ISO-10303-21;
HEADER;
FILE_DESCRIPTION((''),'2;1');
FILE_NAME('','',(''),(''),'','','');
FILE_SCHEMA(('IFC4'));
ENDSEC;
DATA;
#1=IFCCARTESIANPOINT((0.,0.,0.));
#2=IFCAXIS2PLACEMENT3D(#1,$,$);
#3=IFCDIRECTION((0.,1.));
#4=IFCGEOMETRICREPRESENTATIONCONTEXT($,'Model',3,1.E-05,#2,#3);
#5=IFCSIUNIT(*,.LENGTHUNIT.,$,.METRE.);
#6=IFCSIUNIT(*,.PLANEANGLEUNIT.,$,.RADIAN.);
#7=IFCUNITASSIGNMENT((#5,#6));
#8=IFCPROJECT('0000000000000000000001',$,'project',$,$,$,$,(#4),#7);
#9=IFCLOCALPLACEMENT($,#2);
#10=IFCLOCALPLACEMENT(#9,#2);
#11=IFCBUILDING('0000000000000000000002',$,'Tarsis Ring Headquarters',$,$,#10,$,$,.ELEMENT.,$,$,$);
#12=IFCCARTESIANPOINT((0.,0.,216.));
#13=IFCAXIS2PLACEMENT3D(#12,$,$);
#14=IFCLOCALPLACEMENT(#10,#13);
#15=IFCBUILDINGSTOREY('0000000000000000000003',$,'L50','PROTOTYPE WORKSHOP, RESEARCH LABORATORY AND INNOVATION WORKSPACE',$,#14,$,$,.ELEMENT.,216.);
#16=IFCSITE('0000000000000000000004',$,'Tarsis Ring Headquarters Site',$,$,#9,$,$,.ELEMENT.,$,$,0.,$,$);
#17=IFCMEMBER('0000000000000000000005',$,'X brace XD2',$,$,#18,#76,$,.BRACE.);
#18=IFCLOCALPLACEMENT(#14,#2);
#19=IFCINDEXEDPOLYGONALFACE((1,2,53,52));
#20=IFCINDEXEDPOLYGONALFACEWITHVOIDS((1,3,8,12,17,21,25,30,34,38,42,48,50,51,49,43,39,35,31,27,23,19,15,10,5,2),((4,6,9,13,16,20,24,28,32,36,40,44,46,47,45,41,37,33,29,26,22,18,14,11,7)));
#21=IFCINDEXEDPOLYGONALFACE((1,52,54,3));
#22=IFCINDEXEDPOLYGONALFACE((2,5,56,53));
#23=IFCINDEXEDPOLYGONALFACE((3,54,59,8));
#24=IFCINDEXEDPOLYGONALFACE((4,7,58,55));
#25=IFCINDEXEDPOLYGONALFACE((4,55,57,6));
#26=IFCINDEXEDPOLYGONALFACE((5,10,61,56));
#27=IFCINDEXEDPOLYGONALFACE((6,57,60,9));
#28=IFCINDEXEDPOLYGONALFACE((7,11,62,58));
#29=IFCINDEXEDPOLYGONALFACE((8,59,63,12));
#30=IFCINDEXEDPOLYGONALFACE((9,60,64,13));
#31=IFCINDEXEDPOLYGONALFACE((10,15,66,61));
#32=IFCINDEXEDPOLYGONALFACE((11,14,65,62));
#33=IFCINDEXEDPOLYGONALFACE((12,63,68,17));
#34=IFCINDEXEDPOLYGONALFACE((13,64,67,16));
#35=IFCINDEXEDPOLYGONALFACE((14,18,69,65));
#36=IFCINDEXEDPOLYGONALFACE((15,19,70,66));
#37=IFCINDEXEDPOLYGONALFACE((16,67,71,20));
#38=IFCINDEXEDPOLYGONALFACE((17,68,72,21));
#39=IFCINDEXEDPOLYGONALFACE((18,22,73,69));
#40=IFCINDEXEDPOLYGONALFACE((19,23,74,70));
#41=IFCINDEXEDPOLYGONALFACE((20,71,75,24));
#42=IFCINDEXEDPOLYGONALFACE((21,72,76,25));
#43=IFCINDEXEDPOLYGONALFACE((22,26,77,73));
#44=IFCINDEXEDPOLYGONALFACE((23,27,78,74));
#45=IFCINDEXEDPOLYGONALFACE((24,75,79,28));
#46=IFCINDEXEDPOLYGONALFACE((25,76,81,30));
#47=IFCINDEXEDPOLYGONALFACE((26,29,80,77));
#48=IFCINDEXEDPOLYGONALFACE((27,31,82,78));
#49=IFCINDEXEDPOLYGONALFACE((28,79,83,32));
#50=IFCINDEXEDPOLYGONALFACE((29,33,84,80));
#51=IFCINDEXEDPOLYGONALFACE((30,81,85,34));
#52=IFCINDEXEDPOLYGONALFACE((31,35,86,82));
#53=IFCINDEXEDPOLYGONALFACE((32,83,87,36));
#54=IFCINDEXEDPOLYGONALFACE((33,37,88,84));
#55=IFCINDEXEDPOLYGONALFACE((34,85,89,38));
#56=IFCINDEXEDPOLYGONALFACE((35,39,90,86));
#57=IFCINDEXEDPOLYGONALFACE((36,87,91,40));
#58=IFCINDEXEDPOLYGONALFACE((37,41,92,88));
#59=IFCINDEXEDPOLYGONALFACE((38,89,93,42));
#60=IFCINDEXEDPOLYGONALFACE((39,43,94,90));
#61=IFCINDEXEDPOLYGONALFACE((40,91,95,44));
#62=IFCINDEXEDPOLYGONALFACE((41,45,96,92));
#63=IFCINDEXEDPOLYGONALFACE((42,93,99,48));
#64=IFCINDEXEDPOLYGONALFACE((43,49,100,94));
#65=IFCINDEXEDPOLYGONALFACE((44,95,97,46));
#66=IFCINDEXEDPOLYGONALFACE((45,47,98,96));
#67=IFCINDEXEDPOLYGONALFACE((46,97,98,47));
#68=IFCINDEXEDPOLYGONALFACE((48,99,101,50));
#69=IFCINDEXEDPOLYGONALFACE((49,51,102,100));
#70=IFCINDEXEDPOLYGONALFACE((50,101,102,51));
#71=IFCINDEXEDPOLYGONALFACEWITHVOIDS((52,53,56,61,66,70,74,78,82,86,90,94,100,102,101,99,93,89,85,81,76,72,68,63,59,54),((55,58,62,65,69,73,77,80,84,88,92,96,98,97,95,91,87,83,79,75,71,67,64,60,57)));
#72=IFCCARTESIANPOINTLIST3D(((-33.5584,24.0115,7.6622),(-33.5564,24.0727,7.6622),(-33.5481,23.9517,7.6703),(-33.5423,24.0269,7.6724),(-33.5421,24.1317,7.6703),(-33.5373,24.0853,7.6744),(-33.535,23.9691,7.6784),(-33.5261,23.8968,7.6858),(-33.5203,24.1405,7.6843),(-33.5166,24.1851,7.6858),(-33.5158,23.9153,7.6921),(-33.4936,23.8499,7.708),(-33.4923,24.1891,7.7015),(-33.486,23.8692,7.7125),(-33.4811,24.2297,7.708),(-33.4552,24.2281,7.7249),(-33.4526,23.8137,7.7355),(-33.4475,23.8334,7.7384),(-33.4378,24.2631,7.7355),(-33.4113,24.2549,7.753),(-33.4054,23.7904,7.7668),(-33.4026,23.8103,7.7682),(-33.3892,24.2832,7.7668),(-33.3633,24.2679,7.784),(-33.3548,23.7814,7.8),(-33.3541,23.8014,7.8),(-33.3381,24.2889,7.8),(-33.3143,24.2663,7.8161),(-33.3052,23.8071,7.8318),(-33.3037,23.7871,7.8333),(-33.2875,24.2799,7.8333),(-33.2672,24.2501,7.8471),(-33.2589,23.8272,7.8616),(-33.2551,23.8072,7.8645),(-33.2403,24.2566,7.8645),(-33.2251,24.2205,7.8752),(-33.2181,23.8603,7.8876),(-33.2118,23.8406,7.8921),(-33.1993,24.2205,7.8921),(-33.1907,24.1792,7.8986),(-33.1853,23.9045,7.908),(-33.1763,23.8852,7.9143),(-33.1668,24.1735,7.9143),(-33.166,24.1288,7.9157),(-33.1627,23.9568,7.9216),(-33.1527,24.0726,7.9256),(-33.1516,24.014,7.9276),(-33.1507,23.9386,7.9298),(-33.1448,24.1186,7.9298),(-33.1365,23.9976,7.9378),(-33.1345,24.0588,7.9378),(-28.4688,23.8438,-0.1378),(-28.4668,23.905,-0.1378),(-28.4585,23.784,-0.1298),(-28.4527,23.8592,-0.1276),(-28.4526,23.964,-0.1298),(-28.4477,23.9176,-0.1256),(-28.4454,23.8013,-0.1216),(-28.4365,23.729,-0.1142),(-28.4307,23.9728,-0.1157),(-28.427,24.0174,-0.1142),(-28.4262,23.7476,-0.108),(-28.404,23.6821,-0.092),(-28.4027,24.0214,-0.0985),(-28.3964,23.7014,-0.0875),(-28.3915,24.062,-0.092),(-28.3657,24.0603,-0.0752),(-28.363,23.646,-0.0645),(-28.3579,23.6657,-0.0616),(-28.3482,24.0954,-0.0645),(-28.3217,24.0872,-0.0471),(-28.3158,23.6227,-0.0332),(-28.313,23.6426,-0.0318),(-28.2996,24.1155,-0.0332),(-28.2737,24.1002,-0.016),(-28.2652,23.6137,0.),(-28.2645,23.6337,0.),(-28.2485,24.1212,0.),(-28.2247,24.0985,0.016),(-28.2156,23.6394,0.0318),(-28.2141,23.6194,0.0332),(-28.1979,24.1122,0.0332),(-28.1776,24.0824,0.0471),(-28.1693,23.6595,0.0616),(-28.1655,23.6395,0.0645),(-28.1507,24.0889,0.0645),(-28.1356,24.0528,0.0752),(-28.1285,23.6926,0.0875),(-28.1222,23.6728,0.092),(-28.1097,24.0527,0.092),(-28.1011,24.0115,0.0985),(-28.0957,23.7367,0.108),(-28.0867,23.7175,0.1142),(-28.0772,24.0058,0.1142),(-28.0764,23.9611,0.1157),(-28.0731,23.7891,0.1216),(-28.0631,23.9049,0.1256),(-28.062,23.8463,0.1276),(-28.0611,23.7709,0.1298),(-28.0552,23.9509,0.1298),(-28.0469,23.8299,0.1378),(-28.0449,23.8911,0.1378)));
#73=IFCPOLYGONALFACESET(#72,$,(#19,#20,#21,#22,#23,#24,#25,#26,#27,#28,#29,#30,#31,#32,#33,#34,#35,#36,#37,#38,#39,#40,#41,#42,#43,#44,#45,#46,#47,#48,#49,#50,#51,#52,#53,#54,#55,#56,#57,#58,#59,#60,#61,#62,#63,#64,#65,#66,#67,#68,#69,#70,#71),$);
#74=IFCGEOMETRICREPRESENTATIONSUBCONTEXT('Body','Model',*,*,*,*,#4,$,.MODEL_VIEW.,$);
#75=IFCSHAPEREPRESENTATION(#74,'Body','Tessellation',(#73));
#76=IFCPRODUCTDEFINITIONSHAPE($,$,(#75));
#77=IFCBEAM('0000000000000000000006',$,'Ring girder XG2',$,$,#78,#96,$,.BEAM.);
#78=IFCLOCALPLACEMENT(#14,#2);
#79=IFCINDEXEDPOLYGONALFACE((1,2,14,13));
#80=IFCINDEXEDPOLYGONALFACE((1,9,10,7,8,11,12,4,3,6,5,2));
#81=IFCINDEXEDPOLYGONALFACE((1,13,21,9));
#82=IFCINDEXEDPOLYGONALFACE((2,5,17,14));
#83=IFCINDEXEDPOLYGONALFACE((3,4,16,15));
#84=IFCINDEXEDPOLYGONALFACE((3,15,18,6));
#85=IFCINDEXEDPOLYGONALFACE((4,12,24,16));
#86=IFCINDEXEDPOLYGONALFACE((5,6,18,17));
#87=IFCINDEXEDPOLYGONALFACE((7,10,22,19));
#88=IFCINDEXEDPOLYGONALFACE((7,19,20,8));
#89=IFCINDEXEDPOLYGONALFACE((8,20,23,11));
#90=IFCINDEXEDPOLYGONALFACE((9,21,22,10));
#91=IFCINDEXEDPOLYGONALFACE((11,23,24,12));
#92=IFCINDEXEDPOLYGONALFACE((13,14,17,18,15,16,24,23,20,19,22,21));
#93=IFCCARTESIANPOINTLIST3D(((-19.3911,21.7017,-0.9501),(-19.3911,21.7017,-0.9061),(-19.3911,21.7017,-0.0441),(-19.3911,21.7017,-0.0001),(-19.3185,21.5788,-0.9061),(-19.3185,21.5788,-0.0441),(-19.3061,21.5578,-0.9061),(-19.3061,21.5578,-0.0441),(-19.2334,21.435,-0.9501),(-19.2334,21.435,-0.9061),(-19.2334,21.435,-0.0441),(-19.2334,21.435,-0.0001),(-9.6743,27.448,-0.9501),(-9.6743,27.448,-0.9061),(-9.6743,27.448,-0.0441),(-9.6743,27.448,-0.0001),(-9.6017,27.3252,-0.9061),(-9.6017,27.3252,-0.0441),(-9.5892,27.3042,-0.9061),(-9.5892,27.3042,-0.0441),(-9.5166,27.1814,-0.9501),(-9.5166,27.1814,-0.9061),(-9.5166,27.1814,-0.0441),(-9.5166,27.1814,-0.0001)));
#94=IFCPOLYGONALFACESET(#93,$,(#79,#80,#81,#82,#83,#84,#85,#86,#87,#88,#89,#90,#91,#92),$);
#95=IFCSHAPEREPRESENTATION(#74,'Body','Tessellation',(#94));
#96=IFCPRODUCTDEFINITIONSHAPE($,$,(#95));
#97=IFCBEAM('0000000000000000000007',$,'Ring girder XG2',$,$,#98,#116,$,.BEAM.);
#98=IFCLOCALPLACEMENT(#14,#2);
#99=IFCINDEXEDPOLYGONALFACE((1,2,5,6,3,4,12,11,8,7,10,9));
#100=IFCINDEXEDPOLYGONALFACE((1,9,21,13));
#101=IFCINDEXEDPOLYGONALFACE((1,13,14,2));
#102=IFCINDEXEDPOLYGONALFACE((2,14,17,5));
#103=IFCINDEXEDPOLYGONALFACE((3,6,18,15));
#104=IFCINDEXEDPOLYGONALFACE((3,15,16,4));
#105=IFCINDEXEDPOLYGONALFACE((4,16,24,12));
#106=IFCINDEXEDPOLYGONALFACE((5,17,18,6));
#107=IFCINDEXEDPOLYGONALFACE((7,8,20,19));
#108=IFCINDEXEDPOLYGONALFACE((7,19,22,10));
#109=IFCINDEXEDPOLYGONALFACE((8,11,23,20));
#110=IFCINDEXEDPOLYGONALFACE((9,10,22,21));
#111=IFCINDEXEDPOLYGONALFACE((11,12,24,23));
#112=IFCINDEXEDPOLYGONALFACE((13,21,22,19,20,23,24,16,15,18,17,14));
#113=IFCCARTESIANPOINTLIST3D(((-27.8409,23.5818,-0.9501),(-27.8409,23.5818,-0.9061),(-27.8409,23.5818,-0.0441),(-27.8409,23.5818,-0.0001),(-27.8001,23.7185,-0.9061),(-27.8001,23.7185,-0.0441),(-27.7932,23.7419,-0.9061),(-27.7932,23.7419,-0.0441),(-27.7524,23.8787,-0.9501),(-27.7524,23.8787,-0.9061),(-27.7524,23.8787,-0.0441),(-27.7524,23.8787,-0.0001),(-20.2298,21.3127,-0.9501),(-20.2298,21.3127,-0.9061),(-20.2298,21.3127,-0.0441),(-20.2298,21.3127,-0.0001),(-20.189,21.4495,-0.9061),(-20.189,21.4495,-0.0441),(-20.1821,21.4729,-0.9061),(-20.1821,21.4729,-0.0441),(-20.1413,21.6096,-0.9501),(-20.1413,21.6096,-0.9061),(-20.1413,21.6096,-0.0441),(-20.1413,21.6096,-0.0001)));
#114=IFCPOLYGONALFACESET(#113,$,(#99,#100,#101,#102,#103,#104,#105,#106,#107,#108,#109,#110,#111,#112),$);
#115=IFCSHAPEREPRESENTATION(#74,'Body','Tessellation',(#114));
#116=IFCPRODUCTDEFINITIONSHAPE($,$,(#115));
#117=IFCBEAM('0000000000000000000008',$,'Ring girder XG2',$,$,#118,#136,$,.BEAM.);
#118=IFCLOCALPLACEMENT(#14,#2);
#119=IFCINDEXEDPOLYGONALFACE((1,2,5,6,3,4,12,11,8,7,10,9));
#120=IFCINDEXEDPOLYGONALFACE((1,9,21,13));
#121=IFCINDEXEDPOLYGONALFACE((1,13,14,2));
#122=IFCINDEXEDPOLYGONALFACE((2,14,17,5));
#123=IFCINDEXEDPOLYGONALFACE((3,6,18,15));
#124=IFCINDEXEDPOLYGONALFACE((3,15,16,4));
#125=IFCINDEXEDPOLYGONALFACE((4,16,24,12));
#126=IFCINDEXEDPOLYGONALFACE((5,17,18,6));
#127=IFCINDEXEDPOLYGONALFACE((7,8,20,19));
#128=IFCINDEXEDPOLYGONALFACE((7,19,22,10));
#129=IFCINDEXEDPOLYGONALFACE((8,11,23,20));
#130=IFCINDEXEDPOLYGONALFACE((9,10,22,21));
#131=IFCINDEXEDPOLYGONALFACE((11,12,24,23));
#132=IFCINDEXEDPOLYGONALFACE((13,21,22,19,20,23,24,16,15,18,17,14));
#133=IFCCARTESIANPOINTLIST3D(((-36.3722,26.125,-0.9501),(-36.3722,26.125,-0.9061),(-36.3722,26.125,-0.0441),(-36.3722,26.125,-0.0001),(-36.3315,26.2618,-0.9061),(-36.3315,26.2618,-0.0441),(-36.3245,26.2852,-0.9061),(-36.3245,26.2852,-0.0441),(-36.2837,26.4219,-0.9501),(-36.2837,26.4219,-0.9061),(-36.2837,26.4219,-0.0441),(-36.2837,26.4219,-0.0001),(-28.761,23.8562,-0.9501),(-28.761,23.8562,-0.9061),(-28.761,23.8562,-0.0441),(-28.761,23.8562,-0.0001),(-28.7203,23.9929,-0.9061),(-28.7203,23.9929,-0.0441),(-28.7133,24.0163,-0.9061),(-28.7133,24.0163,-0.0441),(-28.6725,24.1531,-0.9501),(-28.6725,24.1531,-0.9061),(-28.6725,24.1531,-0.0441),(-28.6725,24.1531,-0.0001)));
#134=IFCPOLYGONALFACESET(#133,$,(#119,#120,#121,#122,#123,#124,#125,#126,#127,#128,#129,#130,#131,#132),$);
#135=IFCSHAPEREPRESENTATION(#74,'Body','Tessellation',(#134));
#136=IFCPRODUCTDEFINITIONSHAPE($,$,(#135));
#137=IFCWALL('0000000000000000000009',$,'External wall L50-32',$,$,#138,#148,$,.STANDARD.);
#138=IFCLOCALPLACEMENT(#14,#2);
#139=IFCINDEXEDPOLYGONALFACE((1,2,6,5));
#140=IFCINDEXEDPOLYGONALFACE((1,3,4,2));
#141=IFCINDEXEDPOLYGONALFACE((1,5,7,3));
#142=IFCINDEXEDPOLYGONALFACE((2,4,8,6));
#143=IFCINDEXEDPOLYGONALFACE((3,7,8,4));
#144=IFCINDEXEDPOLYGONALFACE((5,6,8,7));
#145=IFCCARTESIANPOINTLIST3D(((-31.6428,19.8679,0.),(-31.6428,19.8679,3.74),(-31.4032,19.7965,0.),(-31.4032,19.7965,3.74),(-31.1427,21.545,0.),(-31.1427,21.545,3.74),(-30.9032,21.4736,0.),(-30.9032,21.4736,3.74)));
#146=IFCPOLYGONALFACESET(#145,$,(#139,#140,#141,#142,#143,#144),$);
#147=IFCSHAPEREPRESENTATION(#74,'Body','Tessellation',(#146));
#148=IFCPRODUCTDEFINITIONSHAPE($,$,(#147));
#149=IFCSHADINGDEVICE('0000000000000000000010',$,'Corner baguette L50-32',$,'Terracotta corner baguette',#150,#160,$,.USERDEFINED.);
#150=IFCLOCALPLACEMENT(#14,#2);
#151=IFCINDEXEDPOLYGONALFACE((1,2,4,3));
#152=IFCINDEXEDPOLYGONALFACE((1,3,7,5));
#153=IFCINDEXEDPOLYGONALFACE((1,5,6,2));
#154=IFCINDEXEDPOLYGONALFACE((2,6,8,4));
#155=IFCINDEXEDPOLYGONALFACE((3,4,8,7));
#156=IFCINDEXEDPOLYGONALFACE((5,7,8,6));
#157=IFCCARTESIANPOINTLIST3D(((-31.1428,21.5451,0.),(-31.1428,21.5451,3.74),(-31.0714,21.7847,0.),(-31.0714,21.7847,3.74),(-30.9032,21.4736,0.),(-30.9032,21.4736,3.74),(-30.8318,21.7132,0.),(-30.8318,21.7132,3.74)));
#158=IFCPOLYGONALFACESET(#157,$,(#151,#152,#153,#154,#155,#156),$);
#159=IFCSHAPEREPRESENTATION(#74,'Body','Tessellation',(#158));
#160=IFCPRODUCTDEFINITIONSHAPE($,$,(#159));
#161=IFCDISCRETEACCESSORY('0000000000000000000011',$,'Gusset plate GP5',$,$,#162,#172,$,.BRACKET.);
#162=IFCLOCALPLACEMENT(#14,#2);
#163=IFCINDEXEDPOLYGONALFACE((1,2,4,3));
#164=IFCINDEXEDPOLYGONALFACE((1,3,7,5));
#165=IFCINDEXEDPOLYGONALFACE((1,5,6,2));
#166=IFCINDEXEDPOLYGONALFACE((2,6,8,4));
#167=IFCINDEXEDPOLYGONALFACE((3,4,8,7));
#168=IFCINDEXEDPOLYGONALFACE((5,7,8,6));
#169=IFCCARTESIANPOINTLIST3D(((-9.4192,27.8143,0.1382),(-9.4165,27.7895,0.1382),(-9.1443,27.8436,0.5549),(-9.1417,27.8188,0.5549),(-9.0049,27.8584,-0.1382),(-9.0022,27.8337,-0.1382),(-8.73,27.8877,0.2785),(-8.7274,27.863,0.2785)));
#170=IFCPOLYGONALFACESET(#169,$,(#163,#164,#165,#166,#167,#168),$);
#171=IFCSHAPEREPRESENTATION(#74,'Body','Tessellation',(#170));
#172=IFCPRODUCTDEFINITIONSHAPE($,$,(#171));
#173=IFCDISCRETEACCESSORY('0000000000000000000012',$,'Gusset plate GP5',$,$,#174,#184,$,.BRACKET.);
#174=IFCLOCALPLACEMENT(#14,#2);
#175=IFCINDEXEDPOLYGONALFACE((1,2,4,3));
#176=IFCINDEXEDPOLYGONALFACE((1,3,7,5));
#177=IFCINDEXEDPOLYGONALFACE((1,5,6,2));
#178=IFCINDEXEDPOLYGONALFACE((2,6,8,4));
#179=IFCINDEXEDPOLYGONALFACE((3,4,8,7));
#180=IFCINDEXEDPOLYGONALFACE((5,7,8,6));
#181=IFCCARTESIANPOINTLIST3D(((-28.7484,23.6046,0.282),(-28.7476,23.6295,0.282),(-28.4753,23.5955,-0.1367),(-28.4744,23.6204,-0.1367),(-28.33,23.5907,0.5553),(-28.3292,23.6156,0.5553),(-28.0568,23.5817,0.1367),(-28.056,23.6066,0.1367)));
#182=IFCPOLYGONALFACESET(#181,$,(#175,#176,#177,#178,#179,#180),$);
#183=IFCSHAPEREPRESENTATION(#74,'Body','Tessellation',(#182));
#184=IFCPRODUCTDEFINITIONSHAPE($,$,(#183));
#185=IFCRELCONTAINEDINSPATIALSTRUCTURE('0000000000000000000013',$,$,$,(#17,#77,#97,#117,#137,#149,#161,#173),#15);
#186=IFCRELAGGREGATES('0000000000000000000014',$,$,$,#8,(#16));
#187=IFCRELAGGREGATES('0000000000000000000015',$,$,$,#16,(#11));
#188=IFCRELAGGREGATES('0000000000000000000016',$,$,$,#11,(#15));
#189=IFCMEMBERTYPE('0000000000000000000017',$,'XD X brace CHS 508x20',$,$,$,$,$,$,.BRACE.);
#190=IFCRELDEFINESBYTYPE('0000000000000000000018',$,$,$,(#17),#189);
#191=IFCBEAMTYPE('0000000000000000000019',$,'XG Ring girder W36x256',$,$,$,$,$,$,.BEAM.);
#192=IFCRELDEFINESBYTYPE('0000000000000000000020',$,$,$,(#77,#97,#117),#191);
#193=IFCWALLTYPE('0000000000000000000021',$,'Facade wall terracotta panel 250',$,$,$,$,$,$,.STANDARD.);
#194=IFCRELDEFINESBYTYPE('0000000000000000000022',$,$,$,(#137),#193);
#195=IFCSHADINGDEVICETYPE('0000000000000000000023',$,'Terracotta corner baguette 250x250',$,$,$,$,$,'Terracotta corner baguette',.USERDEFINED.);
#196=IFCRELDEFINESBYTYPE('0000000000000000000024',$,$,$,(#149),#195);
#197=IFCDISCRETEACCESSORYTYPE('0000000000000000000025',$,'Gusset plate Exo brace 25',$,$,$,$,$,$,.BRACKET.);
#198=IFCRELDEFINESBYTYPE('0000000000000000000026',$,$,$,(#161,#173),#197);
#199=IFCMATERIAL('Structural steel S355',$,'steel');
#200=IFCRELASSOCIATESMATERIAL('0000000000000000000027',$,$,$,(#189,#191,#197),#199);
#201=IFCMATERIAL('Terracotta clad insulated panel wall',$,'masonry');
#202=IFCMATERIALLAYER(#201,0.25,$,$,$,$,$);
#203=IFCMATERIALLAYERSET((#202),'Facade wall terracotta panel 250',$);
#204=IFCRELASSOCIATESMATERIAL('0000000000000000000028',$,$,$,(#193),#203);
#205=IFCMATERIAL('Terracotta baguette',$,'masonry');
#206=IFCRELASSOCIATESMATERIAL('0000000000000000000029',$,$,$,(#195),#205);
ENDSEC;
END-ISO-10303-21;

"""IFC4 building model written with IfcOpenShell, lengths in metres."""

from ifc_helpers import new_model, si_unit, direction, frame, frame_2d, origin, origin_2d, place, context, subcontext, project, spatial, rectangle, hollow_circle, i_section, extrude, material, layer, layer_set, material_profile, profile_set, type_object, element, save


model = new_model("IFC4")

# Units and contexts
model_context = context("Model", 3, precision=1e-05, world=origin(), true_north=direction((0.0, 1.0)))
body_context = subcontext(model_context, "Body", "Model", "MODEL_VIEW")
ifc_project = project(units=[si_unit("LENGTHUNIT", "METRE"), si_unit("PLANEANGLEUNIT", "RADIAN")], contexts=[model_context])

# Site, building, storey
site_placement = place(None, origin())
site = spatial("IfcSite", under=ifc_project, at=site_placement, Name="Tarsis Ring Headquarters Site", CompositionType="ELEMENT", RefElevation=0.0)
building_placement = place(site_placement, origin())
building = spatial("IfcBuilding", under=site, at=building_placement, Name="Tarsis Ring Headquarters", CompositionType="ELEMENT")
storey_placement = place(building_placement, frame((0.0, 0.0, 216.0)))
storey = spatial("IfcBuildingStorey", under=building, at=storey_placement, Name="L50", Description="PROTOTYPE WORKSHOP, RESEARCH LABORATORY AND INNOVATION WORKSPACE", CompositionType="ELEMENT", Elevation=216.0)

# Shared definitions
ifc_material_1 = material(Name="Structural steel S355", Category="steel")

# Shared definitions
ifc_material_profile_1 = material_profile(ifc_material_1, i_section(OverallWidth=0.3098, OverallDepth=0.95, WebThickness=0.0244, FlangeThickness=0.0439, at=origin_2d()), Name="W36x256")
ifc_profile_set_1 = profile_set([ifc_material_profile_1], Name="Structural steel S355")

# Member
ifc_material_profile_2 = material_profile(ifc_material_1, hollow_circle(Radius=0.2539, WallThickness=0.02, at=origin_2d()), Name="CHS 508x20")
ifc_profile_set_2 = profile_set([ifc_material_profile_2], Name="Structural steel S355")
member_type = type_object("IfcMemberType", Name="XD X brace CHS 508x20", PredefinedType="BRACE", material=ifc_profile_set_2)
member_1_placement = place(storey_placement, frame((-28.2568, 23.8674, 0.0), z_axis=(-0.546376, 0.018005, 0.837347), x_axis=(-0.032937, -0.999457, 0.0)))
element("IfcMember", 1, at=member_1_placement, inside=storey, type_object=member_type, Name="X brace XD2", PredefinedType="BRACE", context=body_context, shape_type="SweptSolid", body=[
    extrude(hollow_circle(Radius=0.2539, WallThickness=0.02, at=origin_2d()), origin(), (0.0, 0.0, 1.0), 9.3152),
])

# Beams
beam_type_1 = type_object("IfcBeamType", Name="XG Ring girder W36x256", PredefinedType="BEAM", material=ifc_profile_set_1)
beam_1_placement = place(storey_placement, frame((-9.5955, 27.3147, -0.4751), z_axis=(-0.860748, -0.509031, 0.0), x_axis=(0.509031, -0.860748, 0.0)))
element("IfcBeam", 2, at=beam_1_placement, inside=storey, type_object=beam_type_1, Name="Ring girder XG2", PredefinedType="BEAM", context=body_context, shape_type="SweptSolid", body=[
    extrude(i_section(OverallWidth=0.3098, OverallDepth=0.95, WebThickness=0.0244, FlangeThickness=0.0439, at=origin_2d()), origin(), (0.0, 0.0, 1.0), 11.2888),
])
for number, where, z_axis, x_axis, name in (
    (3, (-20.1855, 21.4612, -0.4751), (-0.95832, 0.285698, 0.0), (-0.285698, -0.95832, 0.0), "Ring girder XG2"),
    (4, (-28.7168, 24.0046, -0.4751), (-0.958328, 0.285669, 0.0), (-0.285669, -0.958328, 0.0), "Ring girder XG2"),
):
    element("IfcBeam", number, at=place(storey_placement, frame(where, z_axis=z_axis, x_axis=x_axis)), inside=storey, type_object=beam_type_1, Name=name, PredefinedType="BEAM", context=body_context, shape_type="SweptSolid", body=[
        extrude(i_section(OverallWidth=0.3098, OverallDepth=0.95, WebThickness=0.0244, FlangeThickness=0.0439, at=origin_2d()), origin(), (0.0, 0.0, 1.0), 7.9421),
    ])

# Wall
ifc_material_2 = material(Name="Terracotta clad insulated panel wall", Category="masonry")
ifc_layer = layer(ifc_material_2, 0.25)
ifc_layer_set = layer_set([ifc_layer], Name="Facade wall terracotta panel 250")
wall_type = type_object("IfcWallType", Name="Facade wall terracotta panel 250", PredefinedType="STANDARD", material=ifc_layer_set)
wall_placement = place(storey_placement, frame((-31.0229, 21.5093, 0.0), z_axis=(0.0, 0.0, 1.0), x_axis=(-0.285722, -0.958313, 0.0)))
element("IfcWall", 5, at=wall_placement, inside=storey, type_object=wall_type, Name="External wall L50-32", PredefinedType="STANDARD", context=body_context, shape_type="SweptSolid", body=[
    extrude(rectangle(XDim=1.75, YDim=0.25, at=frame_2d((0.875, 0.0))), origin(), (0.0, 0.0, 1.0), 3.74),
])

# Shading device
ifc_material_3 = material(Name="Terracotta baguette", Category="masonry")
shading_device_type_1 = type_object("IfcShadingDeviceType", Name="Terracotta corner baguette 250x250", ElementType="Terracotta corner baguette", PredefinedType="USERDEFINED", material=ifc_material_3)
shading_device_1_placement = place(storey_placement, frame((-30.9873, 21.6292, 0.0), z_axis=(0.0, 0.0, 1.0), x_axis=(-0.958323, 0.285688, 0.0)))
element("IfcShadingDevice", 6, at=shading_device_1_placement, inside=storey, type_object=shading_device_type_1, Name="Corner baguette L50-32", ObjectType="Terracotta corner baguette", PredefinedType="USERDEFINED", context=body_context, shape_type="SweptSolid", body=[
    extrude(rectangle(XDim=0.25, YDim=0.25, at=origin_2d()), origin(), (0.0, 0.0, 1.0), 3.74),
])

# Discrete accessories
ifc_material_profile_3 = material_profile(ifc_material_1, rectangle(XDim=0.0249, YDim=0.5, at=origin_2d()), Name="PL 25x500")
ifc_profile_set_3 = profile_set([ifc_material_profile_3], Name="Structural steel S355")
discrete_accessory_type = type_object("IfcDiscreteAccessoryType", Name="Gusset plate Exo brace 25", PredefinedType="BRACKET", material=ifc_profile_set_3)
for number, where, z_axis, x_axis, name in (
    (7, (-9.2107, 27.824, 0.0), (0.549685, 0.058581, 0.833315), (-0.105972, 0.994369, 0.0), "Gusset plate GP5"),
    (8, (-28.2656, 23.6011, 0.0), (-0.546357, 0.018065, 0.837357), (-0.033047, -0.999454, 0.0), "Gusset plate GP5"),
):
    element("IfcDiscreteAccessory", number, at=place(storey_placement, frame(where, z_axis=z_axis, x_axis=x_axis)), inside=storey, type_object=discrete_accessory_type, Name=name, PredefinedType="BRACKET", context=body_context, shape_type="SweptSolid", body=[
        extrude(rectangle(XDim=0.0249, YDim=0.5, at=origin_2d()), origin(), (0.0, 0.0, 1.0), 0.5),
    ])

save(model, "model.ifc")
